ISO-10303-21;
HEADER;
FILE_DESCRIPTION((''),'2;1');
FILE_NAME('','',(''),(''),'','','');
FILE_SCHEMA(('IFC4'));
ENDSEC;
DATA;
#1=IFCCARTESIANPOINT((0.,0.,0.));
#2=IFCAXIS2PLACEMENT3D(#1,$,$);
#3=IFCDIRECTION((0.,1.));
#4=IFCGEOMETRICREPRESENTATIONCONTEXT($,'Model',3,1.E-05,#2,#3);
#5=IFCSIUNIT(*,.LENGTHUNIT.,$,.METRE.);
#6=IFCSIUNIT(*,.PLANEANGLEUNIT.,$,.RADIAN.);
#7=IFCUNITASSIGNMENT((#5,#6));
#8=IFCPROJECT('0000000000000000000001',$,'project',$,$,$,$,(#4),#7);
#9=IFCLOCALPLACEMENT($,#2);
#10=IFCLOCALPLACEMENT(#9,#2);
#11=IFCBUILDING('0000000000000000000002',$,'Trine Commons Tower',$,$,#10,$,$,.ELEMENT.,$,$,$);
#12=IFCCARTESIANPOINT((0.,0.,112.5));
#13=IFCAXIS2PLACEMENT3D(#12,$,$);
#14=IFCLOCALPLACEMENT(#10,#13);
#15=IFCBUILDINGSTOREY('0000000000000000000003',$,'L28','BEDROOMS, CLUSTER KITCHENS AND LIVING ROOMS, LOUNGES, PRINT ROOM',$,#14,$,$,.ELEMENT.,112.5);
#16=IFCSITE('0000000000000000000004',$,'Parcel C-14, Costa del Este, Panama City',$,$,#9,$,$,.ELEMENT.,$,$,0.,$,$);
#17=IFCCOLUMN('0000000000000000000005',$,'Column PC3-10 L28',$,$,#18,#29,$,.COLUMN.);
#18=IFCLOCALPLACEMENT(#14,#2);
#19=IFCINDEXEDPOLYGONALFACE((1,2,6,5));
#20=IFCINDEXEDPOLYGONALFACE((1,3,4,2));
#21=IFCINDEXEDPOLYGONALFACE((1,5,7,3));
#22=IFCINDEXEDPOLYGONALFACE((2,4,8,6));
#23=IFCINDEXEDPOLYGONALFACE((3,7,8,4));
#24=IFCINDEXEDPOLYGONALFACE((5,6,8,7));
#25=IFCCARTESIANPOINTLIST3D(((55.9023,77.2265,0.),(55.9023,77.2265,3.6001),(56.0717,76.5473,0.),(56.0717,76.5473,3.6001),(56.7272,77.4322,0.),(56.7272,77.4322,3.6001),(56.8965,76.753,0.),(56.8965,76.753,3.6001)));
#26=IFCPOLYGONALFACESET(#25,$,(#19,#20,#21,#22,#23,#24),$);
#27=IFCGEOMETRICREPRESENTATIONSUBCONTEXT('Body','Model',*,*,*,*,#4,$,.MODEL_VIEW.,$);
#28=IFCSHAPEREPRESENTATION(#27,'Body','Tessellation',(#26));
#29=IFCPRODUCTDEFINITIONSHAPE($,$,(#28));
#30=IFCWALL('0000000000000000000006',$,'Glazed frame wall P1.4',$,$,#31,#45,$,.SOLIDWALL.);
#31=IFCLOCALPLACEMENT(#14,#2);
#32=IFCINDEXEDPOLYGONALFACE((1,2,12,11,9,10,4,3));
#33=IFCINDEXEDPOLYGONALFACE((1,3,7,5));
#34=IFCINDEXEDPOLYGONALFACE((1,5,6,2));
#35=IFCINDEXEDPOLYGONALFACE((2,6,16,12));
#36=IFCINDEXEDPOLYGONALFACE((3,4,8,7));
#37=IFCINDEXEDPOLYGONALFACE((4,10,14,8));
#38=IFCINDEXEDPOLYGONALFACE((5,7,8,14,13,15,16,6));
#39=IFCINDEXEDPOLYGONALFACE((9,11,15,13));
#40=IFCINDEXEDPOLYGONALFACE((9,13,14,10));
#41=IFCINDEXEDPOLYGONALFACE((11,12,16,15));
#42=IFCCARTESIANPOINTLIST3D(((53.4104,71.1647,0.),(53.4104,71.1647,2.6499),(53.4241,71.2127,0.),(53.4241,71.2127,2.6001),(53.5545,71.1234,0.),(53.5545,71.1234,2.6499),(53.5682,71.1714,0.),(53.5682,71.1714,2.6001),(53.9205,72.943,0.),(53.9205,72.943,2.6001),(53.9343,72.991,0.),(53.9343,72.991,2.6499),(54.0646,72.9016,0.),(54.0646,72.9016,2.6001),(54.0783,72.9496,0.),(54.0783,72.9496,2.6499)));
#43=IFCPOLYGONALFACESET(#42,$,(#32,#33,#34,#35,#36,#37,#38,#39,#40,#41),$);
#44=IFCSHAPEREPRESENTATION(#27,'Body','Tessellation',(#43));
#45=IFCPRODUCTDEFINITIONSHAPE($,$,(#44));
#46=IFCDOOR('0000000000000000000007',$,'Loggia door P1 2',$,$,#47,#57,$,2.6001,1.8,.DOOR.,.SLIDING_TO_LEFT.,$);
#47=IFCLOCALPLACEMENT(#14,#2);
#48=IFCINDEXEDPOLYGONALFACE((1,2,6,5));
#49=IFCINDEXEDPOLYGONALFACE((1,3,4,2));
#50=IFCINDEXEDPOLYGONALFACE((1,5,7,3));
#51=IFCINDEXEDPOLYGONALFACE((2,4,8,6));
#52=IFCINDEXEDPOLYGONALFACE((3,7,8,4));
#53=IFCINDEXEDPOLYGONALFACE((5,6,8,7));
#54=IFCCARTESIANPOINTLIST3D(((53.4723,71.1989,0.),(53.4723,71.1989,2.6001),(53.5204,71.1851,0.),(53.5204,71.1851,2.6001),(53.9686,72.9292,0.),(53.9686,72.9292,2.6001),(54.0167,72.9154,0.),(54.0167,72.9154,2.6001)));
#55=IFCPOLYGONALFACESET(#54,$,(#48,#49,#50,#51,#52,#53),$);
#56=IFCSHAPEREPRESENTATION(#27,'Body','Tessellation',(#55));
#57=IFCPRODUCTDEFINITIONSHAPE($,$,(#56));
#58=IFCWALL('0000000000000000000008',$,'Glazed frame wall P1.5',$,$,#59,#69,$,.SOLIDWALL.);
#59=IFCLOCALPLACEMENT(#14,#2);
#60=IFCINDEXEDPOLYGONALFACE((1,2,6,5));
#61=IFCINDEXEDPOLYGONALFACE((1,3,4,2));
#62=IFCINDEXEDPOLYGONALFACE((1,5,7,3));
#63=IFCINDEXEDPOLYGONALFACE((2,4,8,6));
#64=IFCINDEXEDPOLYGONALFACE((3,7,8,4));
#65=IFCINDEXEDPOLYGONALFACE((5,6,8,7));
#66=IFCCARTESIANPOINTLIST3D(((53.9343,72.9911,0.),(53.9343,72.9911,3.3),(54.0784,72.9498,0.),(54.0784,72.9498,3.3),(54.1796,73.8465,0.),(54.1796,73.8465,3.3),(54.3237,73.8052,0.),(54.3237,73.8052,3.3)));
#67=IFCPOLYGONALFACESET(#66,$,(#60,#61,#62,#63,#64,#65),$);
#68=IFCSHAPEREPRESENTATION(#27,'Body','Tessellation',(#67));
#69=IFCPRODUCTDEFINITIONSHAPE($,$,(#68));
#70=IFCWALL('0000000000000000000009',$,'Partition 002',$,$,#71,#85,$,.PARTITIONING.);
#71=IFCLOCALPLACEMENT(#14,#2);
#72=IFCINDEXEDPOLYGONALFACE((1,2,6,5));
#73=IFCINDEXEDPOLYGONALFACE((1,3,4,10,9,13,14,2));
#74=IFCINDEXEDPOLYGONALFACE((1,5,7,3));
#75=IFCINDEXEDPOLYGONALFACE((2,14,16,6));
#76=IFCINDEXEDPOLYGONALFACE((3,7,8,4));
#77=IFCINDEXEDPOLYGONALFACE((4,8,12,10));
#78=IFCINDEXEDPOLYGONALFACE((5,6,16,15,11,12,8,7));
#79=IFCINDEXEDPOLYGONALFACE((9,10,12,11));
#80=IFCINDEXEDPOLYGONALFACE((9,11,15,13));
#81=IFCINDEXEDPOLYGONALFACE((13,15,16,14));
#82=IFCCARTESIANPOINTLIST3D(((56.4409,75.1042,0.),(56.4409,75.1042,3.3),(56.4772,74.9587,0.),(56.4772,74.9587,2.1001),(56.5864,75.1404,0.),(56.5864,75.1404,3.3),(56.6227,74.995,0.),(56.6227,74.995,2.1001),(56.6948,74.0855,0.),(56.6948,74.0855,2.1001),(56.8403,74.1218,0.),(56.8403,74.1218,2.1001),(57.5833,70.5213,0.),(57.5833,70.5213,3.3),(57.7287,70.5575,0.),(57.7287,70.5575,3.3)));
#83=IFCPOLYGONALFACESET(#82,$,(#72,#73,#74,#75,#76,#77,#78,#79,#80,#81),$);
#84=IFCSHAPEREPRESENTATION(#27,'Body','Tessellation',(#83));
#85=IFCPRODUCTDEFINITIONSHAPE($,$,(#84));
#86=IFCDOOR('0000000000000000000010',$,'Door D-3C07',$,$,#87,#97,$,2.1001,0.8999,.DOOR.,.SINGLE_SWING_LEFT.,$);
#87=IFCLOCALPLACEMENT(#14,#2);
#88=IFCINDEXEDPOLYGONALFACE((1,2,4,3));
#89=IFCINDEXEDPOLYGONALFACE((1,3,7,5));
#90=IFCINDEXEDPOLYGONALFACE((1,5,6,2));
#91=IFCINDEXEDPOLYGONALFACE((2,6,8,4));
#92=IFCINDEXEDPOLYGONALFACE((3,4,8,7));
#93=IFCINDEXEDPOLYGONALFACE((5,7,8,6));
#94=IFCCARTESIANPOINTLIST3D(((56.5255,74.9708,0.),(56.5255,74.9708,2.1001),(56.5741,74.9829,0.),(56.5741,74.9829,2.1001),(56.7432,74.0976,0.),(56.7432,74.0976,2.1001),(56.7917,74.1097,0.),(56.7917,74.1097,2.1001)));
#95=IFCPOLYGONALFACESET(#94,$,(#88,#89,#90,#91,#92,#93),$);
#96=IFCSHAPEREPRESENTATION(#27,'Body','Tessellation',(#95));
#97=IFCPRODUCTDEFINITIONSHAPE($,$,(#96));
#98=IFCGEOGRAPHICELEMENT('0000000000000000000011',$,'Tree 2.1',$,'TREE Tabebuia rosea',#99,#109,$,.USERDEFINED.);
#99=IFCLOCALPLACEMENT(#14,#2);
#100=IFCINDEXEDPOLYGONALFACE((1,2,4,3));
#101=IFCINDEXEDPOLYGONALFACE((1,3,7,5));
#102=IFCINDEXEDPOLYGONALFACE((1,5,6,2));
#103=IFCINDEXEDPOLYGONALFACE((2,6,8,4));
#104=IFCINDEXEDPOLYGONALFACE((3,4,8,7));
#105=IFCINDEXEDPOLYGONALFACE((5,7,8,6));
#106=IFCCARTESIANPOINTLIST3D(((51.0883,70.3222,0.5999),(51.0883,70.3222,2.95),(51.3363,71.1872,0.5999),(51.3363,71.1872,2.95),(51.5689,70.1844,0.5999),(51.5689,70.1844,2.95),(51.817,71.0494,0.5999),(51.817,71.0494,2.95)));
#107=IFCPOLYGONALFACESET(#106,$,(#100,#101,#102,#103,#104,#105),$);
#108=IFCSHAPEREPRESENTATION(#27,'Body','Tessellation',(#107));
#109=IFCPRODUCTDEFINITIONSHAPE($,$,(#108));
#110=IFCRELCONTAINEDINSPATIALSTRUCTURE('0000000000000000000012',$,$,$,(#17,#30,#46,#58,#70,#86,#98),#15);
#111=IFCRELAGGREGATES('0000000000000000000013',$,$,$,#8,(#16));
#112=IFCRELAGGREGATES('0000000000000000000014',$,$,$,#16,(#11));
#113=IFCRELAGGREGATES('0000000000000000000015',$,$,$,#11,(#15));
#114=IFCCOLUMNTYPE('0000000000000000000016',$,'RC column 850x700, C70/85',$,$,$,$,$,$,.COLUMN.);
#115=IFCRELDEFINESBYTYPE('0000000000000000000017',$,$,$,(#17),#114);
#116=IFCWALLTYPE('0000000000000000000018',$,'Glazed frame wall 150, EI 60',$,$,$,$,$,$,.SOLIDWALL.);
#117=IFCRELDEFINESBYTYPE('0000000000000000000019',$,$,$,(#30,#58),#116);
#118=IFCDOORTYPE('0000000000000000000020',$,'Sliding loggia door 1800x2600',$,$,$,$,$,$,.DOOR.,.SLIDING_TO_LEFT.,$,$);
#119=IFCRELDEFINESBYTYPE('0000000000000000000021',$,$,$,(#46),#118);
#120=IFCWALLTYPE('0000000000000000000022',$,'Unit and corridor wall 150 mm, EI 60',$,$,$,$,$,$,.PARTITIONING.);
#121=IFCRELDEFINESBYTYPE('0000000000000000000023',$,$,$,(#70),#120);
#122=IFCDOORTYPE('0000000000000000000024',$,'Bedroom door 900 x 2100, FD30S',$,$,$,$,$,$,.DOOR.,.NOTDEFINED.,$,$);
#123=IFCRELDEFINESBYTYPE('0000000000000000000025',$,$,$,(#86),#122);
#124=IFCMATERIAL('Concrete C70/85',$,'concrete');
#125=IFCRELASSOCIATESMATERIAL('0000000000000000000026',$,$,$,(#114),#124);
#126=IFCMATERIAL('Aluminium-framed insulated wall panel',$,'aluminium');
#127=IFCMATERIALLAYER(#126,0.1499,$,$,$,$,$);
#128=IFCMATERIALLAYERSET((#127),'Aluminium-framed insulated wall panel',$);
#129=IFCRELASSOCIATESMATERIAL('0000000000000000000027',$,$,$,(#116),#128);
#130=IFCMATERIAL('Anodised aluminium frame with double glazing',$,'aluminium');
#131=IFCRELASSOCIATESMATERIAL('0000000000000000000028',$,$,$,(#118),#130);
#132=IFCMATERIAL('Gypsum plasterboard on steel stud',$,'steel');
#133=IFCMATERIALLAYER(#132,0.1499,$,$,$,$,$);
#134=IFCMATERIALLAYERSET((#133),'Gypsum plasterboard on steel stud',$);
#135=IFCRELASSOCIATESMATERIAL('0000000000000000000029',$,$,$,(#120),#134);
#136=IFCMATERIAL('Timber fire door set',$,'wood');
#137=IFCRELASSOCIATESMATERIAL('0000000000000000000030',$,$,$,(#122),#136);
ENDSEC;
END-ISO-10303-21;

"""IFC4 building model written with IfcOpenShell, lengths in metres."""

from ifc_helpers import new_model, si_unit, direction, frame, frame_2d, origin, origin_2d, place, context, subcontext, project, spatial, polyline, rectangle, outline, extrude, material, layer, layer_set, material_profile, profile_set, type_object, element, fill, save


model = new_model("IFC4")

# Units and contexts
model_context = context("Model", 3, precision=1e-05, world=origin(), true_north=direction((0.0, 1.0)))
body_context = subcontext(model_context, "Body", "Model", "MODEL_VIEW")
ifc_project = project(units=[si_unit("LENGTHUNIT", "METRE"), si_unit("PLANEANGLEUNIT", "RADIAN")], contexts=[model_context])

# Site, building, storey
site_placement = place(None, origin())
site = spatial("IfcSite", under=ifc_project, at=site_placement, Name="Parcel C-14, Costa del Este, Panama City", CompositionType="ELEMENT", RefElevation=0.0)
building_placement = place(site_placement, origin())
building = spatial("IfcBuilding", under=site, at=building_placement, Name="Trine Commons Tower", CompositionType="ELEMENT")
storey_placement = place(building_placement, frame((0.0, 0.0, 112.5)))
storey = spatial("IfcBuildingStorey", under=building, at=storey_placement, Name="L28", Description="BEDROOMS, CLUSTER KITCHENS AND LIVING ROOMS, LOUNGES, PRINT ROOM", CompositionType="ELEMENT", Elevation=112.5)

# Column
ifc_material_1 = material(Name="Concrete C70/85", Category="concrete")
ifc_material_profile = material_profile(ifc_material_1, rectangle(XDim=0.8501, YDim=0.7, at=origin_2d()), Name="RC 850x700")
ifc_profile_set = profile_set([ifc_material_profile], Name="Concrete C70/85")
column_type = type_object("IfcColumnType", Name="RC column 850x700, C70/85", PredefinedType="COLUMN", material=ifc_profile_set)
column_placement = place(storey_placement, frame((56.3994, 76.9897, 0.0), z_axis=(0.0, 0.0, 1.0), x_axis=(0.970296, 0.241922, 0.0)))
element("IfcColumn", 1, at=column_placement, inside=storey, type_object=column_type, Name="Column PC3-10 L28", PredefinedType="COLUMN", context=body_context, shape_type="SweptSolid", body=[
    extrude(rectangle(XDim=0.8501, YDim=0.7, at=origin_2d()), origin(), (0.0, 0.0, 1.0), 3.6001),
])

# Wall, opening, door
ifc_material_2 = material(Name="Aluminium-framed insulated wall panel", Category="aluminium")
ifc_layer_1 = layer(ifc_material_2, 0.1499)
ifc_layer_set_1 = layer_set([ifc_layer_1], Name="Aluminium-framed insulated wall panel")
wall_type_1 = type_object("IfcWallType", Name="Glazed frame wall 150, EI 60", PredefinedType="SOLIDWALL", material=ifc_layer_set_1)
wall_1_placement = place(storey_placement, frame((53.4824, 71.144, 0.0), z_axis=(0.0, 0.0, 1.0), x_axis=(0.275739, 0.961232, 0.0)))
wall_1 = element("IfcWall", 2, at=wall_1_placement, inside=storey, type_object=wall_type_1, Name="Glazed frame wall P1.4", PredefinedType="SOLIDWALL", context=body_context, shape_type="SweptSolid", body=[
    extrude(outline(polyline([(0.0, -0.075), (1.8999, -0.075), (1.8999, 0.075), (0.0, 0.075), (0.0, -0.075)])), origin(), (0.0, 0.0, 1.0), 2.6499),
])
opening_1_placement = place(wall_1_placement, frame((0.05, 0.0, 0.0)))
opening_1 = element("IfcOpeningElement", 3, at=opening_1_placement, cuts=wall_1, PredefinedType="OPENING", context=body_context, shape_type="SweptSolid", body=[
    extrude(rectangle(XDim=1.8, YDim=2.6001, at=frame_2d((0.8999, 1.3))), frame((0.0, 0.085, 0.0), z_axis=(0.0, -1.0, 0.0), x_axis=(1.0, 0.0, 0.0)), (0.0, 0.0, 1.0), 0.1699),
])
ifc_material_3 = material(Name="Anodised aluminium frame with double glazing", Category="aluminium")
door_type_1 = type_object("IfcDoorType", Name="Sliding loggia door 1800x2600", OperationType="SLIDING_TO_LEFT", PredefinedType="DOOR", material=ifc_material_3)
door_1_placement = place(opening_1_placement, origin())
door_1 = element("IfcDoor", 4, at=door_1_placement, inside=storey, type_object=door_type_1, Name="Loggia door P1 2", OperationType="SLIDING_TO_LEFT", OverallHeight=2.6001, OverallWidth=1.8, PredefinedType="DOOR", context=body_context, shape_type="SweptSolid", body=[
    extrude(rectangle(XDim=1.8, YDim=2.6001, at=frame_2d((0.8999, 1.3))), frame((0.0, 0.0249, 0.0), z_axis=(0.0, -1.0, 0.0), x_axis=(1.0, 0.0, 0.0)), (0.0, 0.0, 1.0), 0.05),
])
fill(opening_1, door_1)

# Wall
wall_2_placement = place(storey_placement, frame((54.0063, 72.9705, 0.0), z_axis=(0.0, 0.0, 1.0), x_axis=(0.275656, 0.961256, 0.0)))
element("IfcWall", 5, at=wall_2_placement, inside=storey, type_object=wall_type_1, Name="Glazed frame wall P1.5", PredefinedType="SOLIDWALL", context=body_context, shape_type="SweptSolid", body=[
    extrude(outline(polyline([(0.8899, 0.075), (0.0, 0.075), (0.0, -0.075), (0.8899, -0.075), (0.8899, 0.075)])), origin(), (0.0, 0.0, 1.0), 3.3),
])

# Wall, opening, door
ifc_material_4 = material(Name="Gypsum plasterboard on steel stud", Category="steel")
ifc_layer_2 = layer(ifc_material_4, 0.1499)
ifc_layer_set_2 = layer_set([ifc_layer_2], Name="Gypsum plasterboard on steel stud")
wall_type_2 = type_object("IfcWallType", Name="Unit and corridor wall 150 mm, EI 60", PredefinedType="PARTITIONING", material=ifc_layer_set_2)
wall_3_placement = place(storey_placement, frame((56.5137, 75.1223, 0.0), z_axis=(0.0, 0.0, 1.0), x_axis=(0.241854, -0.970313, 0.0)))
wall_3 = element("IfcWall", 6, at=wall_3_placement, inside=storey, type_object=wall_type_2, Name="Partition 002", PredefinedType="PARTITIONING", context=body_context, shape_type="SweptSolid", body=[
    extrude(rectangle(XDim=4.7231, YDim=0.1499, at=frame_2d((2.3616, 0.0))), origin(), (0.0, 0.0, 1.0), 3.3),
])
opening_2_placement = place(wall_3_placement, frame((0.1499, 0.0, 0.0)))
opening_2 = element("IfcOpeningElement", 7, at=opening_2_placement, cuts=wall_3, PredefinedType="OPENING", context=body_context, shape_type="SweptSolid", body=[
    extrude(rectangle(XDim=0.8999, YDim=2.1001, at=frame_2d((0.45, 1.05))), frame((0.0, 0.085, 0.0), z_axis=(0.0, -1.0, 0.0), x_axis=(1.0, 0.0, 0.0)), (0.0, 0.0, 1.0), 0.1699),
])
ifc_material_5 = material(Name="Timber fire door set", Category="wood")
door_type_2 = type_object("IfcDoorType", Name="Bedroom door 900 x 2100, FD30S", OperationType="NOTDEFINED", PredefinedType="DOOR", material=ifc_material_5)
door_2_placement = place(opening_2_placement, origin())
door_2 = element("IfcDoor", 8, at=door_2_placement, inside=storey, type_object=door_type_2, Name="Door D-3C07", OperationType="SINGLE_SWING_LEFT", OverallHeight=2.1001, OverallWidth=0.8999, PredefinedType="DOOR", context=body_context, shape_type="SweptSolid", body=[
    extrude(rectangle(XDim=0.8999, YDim=2.1001, at=frame_2d((0.45, 1.05))), frame((0.0, 0.0249, 0.0), z_axis=(0.0, -1.0, 0.0), x_axis=(1.0, 0.0, 0.0)), (0.0, 0.0, 1.0), 0.05),
])
fill(opening_2, door_2)

# Geographic element
geographic_element_placement = place(storey_placement, frame((51.4526, 70.6858, 0.5999), z_axis=(0.0, 0.0, 1.0), x_axis=(0.275646, 0.961259, 0.0)))
element("IfcGeographicElement", 9, at=geographic_element_placement, inside=storey, Name="Tree 2.1", ObjectType="TREE Tabebuia rosea", PredefinedType="USERDEFINED", context=body_context, shape_type="SweptSolid", body=[
    extrude(rectangle(XDim=0.8999, YDim=0.5, at=origin_2d()), origin(), (0.0, 0.0, 1.0), 2.3501),
])

save(model, "model.ifc")
